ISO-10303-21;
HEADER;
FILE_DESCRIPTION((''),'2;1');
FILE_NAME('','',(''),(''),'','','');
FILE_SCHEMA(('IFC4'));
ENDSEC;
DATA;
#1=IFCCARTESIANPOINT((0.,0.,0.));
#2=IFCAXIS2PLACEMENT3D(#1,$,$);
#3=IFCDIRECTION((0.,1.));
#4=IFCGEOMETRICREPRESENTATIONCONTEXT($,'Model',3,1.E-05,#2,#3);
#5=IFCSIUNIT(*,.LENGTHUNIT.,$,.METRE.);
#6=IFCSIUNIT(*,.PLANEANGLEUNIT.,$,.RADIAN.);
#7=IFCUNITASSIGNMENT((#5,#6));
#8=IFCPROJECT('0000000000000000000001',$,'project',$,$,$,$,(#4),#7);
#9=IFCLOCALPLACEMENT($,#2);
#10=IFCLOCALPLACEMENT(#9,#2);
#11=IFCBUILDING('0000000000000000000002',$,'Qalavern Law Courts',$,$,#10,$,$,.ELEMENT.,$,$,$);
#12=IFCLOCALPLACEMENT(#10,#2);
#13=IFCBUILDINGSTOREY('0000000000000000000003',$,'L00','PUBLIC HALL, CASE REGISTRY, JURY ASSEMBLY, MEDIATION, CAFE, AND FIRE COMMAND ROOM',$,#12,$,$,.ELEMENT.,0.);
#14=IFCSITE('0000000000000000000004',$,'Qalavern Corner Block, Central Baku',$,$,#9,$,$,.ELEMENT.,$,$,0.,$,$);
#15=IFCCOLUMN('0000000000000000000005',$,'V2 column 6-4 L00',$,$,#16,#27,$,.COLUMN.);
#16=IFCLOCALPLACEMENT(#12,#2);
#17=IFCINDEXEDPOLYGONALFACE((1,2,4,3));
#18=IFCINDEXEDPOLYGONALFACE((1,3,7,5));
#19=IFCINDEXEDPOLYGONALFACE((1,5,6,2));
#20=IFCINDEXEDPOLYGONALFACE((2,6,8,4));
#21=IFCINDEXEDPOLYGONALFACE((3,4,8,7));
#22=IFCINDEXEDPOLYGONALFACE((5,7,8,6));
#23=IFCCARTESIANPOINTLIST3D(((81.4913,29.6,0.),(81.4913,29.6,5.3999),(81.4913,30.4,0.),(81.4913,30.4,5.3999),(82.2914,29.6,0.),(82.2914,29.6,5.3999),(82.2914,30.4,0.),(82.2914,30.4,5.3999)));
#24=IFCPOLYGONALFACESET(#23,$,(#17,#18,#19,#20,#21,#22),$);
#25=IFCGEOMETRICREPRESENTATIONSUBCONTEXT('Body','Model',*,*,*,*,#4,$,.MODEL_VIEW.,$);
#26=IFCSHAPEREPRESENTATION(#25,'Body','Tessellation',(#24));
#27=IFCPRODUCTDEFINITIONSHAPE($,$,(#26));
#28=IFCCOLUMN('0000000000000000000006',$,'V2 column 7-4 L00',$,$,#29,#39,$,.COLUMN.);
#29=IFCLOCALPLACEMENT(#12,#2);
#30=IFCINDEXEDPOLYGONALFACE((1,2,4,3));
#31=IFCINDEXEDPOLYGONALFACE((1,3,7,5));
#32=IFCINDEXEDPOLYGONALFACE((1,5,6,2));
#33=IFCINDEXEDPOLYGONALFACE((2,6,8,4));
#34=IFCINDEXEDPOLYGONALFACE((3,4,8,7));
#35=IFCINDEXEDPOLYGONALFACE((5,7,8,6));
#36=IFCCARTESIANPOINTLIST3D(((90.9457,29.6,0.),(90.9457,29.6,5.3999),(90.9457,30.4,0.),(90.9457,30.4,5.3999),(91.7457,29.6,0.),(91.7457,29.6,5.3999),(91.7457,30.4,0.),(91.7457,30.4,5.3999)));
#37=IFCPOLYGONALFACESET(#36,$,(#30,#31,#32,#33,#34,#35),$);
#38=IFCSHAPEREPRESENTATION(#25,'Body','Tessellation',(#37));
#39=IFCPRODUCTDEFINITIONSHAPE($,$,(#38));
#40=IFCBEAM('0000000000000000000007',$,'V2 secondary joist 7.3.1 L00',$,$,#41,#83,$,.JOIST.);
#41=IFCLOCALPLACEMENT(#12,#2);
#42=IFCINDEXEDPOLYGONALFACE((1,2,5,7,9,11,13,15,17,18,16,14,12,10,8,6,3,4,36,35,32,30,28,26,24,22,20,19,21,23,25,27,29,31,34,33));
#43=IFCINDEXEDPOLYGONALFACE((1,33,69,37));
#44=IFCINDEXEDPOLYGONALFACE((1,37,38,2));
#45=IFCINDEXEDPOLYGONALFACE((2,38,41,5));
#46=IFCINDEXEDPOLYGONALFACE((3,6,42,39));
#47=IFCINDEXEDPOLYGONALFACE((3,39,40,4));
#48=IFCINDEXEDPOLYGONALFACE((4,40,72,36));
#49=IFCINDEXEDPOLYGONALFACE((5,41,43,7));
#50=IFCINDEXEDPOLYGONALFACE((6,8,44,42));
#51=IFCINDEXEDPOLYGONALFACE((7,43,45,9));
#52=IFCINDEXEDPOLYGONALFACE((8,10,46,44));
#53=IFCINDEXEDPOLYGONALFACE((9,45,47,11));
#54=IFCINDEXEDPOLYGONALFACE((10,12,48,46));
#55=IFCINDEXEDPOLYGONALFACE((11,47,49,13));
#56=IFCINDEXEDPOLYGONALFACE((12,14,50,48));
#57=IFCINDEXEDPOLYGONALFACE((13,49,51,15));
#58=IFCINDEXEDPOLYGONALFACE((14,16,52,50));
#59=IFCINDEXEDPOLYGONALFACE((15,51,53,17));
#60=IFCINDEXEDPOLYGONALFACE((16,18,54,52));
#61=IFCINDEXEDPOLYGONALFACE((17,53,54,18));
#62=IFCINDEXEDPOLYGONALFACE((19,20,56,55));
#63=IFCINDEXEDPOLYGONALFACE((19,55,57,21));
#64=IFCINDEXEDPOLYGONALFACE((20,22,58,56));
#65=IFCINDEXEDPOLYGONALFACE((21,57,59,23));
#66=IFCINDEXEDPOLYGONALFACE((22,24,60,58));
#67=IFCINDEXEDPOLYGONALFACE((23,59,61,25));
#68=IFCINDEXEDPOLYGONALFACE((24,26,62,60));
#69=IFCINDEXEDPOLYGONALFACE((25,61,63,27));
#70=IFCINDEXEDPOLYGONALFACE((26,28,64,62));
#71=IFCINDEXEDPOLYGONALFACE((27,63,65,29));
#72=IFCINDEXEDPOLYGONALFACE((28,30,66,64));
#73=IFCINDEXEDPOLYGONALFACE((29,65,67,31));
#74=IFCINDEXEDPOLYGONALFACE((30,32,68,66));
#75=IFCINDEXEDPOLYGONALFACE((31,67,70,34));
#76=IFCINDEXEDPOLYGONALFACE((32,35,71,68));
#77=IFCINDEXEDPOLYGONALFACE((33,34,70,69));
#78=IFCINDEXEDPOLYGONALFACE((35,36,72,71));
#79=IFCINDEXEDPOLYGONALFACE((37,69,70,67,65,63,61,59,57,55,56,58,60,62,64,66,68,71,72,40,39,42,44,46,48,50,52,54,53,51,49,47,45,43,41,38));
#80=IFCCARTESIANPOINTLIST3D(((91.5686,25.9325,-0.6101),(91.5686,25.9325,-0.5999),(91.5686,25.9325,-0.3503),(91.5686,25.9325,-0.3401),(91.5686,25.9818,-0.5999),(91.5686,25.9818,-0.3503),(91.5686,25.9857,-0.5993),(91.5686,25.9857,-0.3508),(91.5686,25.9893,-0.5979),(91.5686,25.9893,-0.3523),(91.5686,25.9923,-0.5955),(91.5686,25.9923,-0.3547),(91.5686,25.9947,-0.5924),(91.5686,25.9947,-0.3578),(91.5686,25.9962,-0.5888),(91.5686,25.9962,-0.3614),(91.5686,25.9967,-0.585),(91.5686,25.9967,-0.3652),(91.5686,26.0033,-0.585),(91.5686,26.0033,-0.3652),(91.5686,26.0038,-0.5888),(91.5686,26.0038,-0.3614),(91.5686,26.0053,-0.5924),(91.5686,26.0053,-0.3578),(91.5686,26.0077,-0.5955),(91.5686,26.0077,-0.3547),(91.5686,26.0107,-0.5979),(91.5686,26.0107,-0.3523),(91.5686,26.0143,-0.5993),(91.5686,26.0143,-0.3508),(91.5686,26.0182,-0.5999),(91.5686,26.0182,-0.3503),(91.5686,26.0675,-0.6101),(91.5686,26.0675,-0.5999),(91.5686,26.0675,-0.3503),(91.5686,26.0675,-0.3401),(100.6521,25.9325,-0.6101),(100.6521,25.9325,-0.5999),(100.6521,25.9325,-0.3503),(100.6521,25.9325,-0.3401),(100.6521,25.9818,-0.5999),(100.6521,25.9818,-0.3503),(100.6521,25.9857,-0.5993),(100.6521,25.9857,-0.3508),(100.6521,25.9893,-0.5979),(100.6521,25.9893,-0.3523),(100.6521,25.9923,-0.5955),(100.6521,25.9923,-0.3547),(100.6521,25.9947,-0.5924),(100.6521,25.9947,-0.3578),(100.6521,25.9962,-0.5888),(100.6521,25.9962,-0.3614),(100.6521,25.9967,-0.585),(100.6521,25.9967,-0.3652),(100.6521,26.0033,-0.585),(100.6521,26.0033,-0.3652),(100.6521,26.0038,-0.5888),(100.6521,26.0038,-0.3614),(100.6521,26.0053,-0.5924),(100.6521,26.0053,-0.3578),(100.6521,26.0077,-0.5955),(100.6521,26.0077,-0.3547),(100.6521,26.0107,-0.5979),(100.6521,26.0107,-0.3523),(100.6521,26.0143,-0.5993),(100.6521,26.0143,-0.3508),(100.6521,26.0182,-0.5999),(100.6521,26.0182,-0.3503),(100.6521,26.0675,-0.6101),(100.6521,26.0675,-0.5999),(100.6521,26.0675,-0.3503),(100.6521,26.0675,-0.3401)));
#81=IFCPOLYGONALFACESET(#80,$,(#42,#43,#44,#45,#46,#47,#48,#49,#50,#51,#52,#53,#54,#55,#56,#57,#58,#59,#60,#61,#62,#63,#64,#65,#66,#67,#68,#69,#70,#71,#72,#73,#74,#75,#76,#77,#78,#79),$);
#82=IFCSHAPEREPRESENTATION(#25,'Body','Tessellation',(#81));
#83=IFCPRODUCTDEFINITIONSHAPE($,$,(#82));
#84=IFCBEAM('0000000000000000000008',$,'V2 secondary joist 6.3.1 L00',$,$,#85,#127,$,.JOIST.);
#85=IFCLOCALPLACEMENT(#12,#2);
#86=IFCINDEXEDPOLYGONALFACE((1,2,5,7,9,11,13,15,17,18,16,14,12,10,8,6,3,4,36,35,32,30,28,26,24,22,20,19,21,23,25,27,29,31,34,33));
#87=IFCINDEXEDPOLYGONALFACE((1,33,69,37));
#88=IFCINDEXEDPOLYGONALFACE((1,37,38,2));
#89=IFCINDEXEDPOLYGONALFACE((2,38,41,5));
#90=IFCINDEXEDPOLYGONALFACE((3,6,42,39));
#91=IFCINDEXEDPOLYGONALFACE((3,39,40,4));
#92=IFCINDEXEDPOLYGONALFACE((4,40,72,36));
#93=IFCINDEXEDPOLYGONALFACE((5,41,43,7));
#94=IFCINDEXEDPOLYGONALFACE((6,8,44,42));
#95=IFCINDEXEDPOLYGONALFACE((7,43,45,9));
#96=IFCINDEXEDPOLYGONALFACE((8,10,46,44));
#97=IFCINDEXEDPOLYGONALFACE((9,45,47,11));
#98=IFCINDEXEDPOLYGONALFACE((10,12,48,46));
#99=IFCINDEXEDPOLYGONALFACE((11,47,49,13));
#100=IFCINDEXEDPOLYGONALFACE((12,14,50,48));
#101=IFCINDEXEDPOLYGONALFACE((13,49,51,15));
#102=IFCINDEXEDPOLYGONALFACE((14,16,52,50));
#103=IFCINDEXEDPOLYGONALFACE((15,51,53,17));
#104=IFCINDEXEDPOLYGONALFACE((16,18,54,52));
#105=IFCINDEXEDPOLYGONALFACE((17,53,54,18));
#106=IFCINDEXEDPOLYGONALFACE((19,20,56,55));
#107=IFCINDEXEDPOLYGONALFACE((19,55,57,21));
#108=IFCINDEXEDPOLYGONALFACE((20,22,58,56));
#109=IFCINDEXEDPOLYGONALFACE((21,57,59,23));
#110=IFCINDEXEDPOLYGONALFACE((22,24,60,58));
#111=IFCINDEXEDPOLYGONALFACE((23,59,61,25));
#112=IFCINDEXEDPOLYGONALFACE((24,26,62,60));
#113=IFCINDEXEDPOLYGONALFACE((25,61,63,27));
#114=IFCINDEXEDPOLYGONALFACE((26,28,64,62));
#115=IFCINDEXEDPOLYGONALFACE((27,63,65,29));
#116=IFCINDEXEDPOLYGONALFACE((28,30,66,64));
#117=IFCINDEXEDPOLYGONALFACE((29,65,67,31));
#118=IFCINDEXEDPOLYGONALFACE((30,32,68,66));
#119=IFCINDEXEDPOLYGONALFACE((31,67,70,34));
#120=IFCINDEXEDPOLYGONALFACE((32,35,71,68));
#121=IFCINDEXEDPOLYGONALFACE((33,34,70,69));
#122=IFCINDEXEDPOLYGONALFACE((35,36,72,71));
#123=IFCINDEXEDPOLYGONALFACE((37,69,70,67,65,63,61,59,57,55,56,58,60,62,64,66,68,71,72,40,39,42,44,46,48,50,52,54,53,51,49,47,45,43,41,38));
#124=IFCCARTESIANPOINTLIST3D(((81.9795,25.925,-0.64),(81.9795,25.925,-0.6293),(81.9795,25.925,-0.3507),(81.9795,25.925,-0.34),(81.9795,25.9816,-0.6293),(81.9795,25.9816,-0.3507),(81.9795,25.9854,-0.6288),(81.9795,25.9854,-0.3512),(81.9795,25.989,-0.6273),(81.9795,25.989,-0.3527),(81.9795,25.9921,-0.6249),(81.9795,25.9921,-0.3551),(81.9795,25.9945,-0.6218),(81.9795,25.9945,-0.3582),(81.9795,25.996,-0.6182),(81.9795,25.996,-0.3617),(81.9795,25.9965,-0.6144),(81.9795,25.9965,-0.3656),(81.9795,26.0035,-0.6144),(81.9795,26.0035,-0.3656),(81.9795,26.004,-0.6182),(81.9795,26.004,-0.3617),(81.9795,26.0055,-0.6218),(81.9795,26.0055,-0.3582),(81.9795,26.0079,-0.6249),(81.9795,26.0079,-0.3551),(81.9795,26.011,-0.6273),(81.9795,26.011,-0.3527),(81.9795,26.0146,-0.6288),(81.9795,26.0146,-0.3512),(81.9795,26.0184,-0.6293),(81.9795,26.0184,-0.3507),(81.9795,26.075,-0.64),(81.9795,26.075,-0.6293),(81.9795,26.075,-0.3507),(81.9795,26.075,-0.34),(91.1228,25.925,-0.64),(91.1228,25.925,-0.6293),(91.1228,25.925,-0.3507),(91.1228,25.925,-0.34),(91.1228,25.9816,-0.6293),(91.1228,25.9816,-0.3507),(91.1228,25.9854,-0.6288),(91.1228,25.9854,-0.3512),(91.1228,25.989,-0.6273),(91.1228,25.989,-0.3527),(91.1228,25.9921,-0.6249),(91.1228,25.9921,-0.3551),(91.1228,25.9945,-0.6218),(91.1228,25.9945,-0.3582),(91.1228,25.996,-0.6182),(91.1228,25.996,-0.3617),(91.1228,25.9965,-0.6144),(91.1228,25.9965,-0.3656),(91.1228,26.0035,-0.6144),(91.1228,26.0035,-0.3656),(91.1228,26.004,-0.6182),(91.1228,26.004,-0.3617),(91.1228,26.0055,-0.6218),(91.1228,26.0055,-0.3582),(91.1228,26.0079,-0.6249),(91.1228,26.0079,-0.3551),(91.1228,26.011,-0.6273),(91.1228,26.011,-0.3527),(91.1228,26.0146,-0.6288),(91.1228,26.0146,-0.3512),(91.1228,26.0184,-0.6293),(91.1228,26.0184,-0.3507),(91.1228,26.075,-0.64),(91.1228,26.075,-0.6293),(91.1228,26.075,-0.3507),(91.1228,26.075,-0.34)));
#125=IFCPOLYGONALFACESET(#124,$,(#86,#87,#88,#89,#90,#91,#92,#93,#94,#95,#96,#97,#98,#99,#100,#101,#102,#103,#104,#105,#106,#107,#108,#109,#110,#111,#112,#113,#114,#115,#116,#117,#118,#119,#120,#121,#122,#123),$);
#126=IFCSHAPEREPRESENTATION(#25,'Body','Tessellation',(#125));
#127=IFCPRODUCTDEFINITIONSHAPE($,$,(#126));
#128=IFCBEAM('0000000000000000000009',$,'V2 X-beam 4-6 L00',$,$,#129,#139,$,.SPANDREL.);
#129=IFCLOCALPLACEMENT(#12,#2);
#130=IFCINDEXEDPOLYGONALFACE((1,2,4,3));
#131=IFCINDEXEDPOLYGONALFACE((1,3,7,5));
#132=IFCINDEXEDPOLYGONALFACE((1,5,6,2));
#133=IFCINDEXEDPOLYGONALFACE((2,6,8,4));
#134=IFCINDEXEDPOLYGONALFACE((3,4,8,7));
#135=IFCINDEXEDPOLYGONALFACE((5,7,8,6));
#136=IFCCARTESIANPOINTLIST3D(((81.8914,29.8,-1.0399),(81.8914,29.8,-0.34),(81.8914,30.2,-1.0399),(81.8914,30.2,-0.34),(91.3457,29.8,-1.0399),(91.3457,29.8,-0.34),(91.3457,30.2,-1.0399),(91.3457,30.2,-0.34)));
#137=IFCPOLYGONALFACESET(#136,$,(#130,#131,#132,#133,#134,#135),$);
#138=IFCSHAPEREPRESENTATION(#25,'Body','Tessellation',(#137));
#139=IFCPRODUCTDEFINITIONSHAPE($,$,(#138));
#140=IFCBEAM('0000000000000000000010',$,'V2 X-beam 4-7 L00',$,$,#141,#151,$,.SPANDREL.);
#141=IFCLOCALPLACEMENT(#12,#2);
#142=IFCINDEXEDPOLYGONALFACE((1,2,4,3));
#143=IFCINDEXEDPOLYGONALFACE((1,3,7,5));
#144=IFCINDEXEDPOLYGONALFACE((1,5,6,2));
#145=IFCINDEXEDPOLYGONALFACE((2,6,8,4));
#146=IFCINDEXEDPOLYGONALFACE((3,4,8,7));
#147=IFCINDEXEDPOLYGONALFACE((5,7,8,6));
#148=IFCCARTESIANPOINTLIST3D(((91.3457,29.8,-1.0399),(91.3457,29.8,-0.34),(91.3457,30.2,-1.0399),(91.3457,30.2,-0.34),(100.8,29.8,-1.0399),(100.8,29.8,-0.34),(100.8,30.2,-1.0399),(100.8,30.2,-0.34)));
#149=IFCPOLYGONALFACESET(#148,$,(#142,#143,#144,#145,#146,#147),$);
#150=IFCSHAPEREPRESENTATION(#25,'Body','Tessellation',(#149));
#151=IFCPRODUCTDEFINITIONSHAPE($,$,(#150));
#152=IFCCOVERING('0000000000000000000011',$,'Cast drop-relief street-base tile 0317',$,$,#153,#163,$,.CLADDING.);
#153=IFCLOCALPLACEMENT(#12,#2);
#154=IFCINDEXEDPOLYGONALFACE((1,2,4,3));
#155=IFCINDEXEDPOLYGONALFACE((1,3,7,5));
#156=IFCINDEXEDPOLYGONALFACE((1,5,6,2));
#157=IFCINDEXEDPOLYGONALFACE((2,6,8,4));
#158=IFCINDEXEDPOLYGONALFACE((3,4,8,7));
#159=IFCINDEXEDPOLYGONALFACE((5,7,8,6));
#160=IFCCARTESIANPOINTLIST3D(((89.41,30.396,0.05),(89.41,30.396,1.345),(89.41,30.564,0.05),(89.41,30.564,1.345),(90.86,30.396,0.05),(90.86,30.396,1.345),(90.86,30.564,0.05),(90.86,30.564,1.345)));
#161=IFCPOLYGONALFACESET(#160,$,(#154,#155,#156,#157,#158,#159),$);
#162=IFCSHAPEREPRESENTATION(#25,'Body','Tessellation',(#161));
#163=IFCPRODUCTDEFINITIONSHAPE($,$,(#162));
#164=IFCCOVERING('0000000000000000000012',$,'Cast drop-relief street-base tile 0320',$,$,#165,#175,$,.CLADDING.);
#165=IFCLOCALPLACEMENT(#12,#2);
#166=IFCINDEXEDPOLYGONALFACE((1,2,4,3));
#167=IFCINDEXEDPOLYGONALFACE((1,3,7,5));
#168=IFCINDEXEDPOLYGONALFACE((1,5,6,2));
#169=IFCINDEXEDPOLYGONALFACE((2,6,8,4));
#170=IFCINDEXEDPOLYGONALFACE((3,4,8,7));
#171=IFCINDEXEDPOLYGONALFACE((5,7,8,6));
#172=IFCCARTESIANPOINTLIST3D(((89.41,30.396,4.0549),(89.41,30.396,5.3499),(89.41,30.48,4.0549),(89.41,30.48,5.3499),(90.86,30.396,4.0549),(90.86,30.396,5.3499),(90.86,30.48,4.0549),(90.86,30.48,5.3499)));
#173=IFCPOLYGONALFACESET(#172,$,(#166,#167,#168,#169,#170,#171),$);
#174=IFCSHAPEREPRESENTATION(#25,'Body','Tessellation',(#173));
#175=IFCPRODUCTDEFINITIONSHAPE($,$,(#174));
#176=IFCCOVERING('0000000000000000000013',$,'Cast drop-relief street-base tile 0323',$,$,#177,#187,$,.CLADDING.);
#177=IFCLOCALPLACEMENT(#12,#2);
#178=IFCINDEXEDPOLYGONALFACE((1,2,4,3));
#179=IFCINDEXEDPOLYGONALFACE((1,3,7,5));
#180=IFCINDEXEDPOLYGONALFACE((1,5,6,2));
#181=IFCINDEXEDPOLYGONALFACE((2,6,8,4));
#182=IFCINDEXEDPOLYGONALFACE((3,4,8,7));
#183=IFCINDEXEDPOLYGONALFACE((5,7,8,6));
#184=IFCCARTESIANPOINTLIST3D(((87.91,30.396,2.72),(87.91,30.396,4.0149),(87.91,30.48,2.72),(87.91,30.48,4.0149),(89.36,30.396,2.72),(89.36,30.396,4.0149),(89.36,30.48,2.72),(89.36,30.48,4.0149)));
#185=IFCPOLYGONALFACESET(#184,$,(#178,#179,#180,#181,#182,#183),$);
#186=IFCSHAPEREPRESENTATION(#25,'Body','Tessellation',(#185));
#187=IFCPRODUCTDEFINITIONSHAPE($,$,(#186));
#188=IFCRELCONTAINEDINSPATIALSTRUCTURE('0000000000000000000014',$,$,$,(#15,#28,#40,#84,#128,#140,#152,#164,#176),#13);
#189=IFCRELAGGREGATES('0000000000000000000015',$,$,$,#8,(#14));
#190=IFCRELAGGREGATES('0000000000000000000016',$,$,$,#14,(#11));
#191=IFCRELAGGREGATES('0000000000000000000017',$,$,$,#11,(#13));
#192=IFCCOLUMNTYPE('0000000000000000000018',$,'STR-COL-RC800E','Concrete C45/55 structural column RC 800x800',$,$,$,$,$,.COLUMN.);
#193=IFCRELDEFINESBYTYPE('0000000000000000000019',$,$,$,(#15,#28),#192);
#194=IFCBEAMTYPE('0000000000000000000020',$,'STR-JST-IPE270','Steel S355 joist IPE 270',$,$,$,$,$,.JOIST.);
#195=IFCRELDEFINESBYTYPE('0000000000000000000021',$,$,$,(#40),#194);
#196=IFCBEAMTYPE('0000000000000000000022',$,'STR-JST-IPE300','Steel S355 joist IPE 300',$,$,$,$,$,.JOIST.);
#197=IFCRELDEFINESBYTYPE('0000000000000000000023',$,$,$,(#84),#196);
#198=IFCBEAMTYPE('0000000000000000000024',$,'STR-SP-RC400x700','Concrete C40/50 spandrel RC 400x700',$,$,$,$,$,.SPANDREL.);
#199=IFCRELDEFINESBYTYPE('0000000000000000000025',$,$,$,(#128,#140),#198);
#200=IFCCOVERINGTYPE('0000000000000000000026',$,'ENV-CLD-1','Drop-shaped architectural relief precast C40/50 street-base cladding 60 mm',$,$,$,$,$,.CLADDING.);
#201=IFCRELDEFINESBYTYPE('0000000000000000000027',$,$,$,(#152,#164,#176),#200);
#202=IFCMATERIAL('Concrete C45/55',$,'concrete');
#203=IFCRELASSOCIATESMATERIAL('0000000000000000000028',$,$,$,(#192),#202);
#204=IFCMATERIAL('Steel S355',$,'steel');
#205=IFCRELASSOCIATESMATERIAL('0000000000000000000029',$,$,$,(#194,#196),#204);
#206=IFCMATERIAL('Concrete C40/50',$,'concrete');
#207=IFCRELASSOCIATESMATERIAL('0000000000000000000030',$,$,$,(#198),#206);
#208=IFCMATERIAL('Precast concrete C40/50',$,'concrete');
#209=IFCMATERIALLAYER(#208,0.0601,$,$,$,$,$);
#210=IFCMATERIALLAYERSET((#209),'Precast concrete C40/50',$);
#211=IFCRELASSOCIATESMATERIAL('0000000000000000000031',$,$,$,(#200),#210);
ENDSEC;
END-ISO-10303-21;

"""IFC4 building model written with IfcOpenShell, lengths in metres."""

from ifc_helpers import new_model, si_unit, direction, frame, origin, origin_2d, place, context, subcontext, project, spatial, rectangle, i_section, extrude, material, layer, layer_set, material_profile, profile_set, type_object, element, save


model = new_model("IFC4")

# Units and contexts
model_context = context("Model", 3, precision=1e-05, world=origin(), true_north=direction((0.0, 1.0)))
body_context = subcontext(model_context, "Body", "Model", "MODEL_VIEW")
ifc_project = project(units=[si_unit("LENGTHUNIT", "METRE"), si_unit("PLANEANGLEUNIT", "RADIAN")], contexts=[model_context])

# Site, building, storey
site_placement = place(None, origin())
site = spatial("IfcSite", under=ifc_project, at=site_placement, Name="Qalavern Corner Block, Central Baku", CompositionType="ELEMENT", RefElevation=0.0)
building_placement = place(site_placement, origin())
building = spatial("IfcBuilding", under=site, at=building_placement, Name="Qalavern Law Courts", CompositionType="ELEMENT")
storey_placement = place(building_placement, origin())
storey = spatial("IfcBuildingStorey", under=building, at=storey_placement, Name="L00", Description="PUBLIC HALL, CASE REGISTRY, JURY ASSEMBLY, MEDIATION, CAFE, AND FIRE COMMAND ROOM", CompositionType="ELEMENT", Elevation=0.0)

# Columns
ifc_material_1 = material(Name="Concrete C45/55", Category="concrete")
ifc_material_profile_1 = material_profile(ifc_material_1, rectangle(XDim=0.8, YDim=0.8, at=origin_2d()), Name="RC 800x800")
ifc_profile_set_1 = profile_set([ifc_material_profile_1], Name="Concrete C45/55")
column_type = type_object("IfcColumnType", Name="STR-COL-RC800E", Description="Concrete C45/55 structural column RC 800x800", PredefinedType="COLUMN", material=ifc_profile_set_1)
for number, where, z_axis, x_axis, name in (
    (1, (81.8914, 30.0, 0.0), (0.0, 0.0, 1.0), (1.0, 0.0, 0.0), "V2 column 6-4 L00"),
    (2, (91.3457, 30.0, 0.0), (0.0, 0.0, 1.0), (1.0, 0.0, 0.0), "V2 column 7-4 L00"),
):
    element("IfcColumn", number, at=place(storey_placement, frame(where, z_axis=z_axis, x_axis=x_axis)), inside=storey, type_object=column_type, Name=name, PredefinedType="COLUMN", context=body_context, shape_type="SweptSolid", body=[
        extrude(rectangle(XDim=0.8, YDim=0.8, at=origin_2d()), origin(), (0.0, 0.0, 1.0), 5.3999),
    ])

# Beams
ifc_material_2 = material(Name="Steel S355", Category="steel")
ifc_material_profile_2 = material_profile(ifc_material_2, i_section(OverallWidth=0.135, OverallDepth=0.27, WebThickness=0.0066, FlangeThickness=0.0103, FilletRadius=0.0149, at=origin_2d()), Name="IPE 270")
ifc_profile_set_2 = profile_set([ifc_material_profile_2], Name="Steel S355")
beam_type_1 = type_object("IfcBeamType", Name="STR-JST-IPE270", Description="Steel S355 joist IPE 270", PredefinedType="JOIST", material=ifc_profile_set_2)
beam_1_placement = place(storey_placement, frame((91.5686, 26.0, -0.4751), z_axis=(1.0, 0.0, 0.0), x_axis=(0.0, 1.0, 0.0)))
element("IfcBeam", 3, at=beam_1_placement, inside=storey, type_object=beam_type_1, Name="V2 secondary joist 7.3.1 L00", PredefinedType="JOIST", context=body_context, shape_type="SweptSolid", body=[
    extrude(i_section(OverallWidth=0.135, OverallDepth=0.27, WebThickness=0.0066, FlangeThickness=0.0103, FilletRadius=0.0149, at=origin_2d()), origin(), (0.0, 0.0, 1.0), 9.0835),
])
ifc_material_profile_3 = material_profile(ifc_material_2, i_section(OverallWidth=0.1499, OverallDepth=0.3, WebThickness=0.0071, FlangeThickness=0.0107, FilletRadius=0.0149, at=origin_2d()), Name="IPE 300")
ifc_profile_set_3 = profile_set([ifc_material_profile_3], Name="Steel S355")
beam_type_2 = type_object("IfcBeamType", Name="STR-JST-IPE300", Description="Steel S355 joist IPE 300", PredefinedType="JOIST", material=ifc_profile_set_3)
beam_2_placement = place(storey_placement, frame((81.9795, 26.0, -0.49), z_axis=(1.0, 0.0, 0.0), x_axis=(0.0, 1.0, 0.0)))
element("IfcBeam", 4, at=beam_2_placement, inside=storey, type_object=beam_type_2, Name="V2 secondary joist 6.3.1 L00", PredefinedType="JOIST", context=body_context, shape_type="SweptSolid", body=[
    extrude(i_section(OverallWidth=0.1499, OverallDepth=0.3, WebThickness=0.0071, FlangeThickness=0.0107, FilletRadius=0.0149, at=origin_2d()), origin(), (0.0, 0.0, 1.0), 9.1433),
])
ifc_material_3 = material(Name="Concrete C40/50", Category="concrete")
ifc_material_profile_4 = material_profile(ifc_material_3, rectangle(XDim=0.3999, YDim=0.7, at=origin_2d()), Name="RC 400x700")
ifc_profile_set_4 = profile_set([ifc_material_profile_4], Name="Concrete C40/50")
beam_type_3 = type_object("IfcBeamType", Name="STR-SP-RC400x700", Description="Concrete C40/50 spandrel RC 400x700", PredefinedType="SPANDREL", material=ifc_profile_set_4)
for number, where, z_axis, x_axis, name in (
    (5, (81.8914, 30.0, -0.6899), (1.0, 0.0, 0.0), (0.0, 1.0, 0.0), "V2 X-beam 4-6 L00"),
    (6, (91.3457, 30.0, -0.6899), (1.0, 0.0, 0.0), (0.0, 1.0, 0.0), "V2 X-beam 4-7 L00"),
):
    element("IfcBeam", number, at=place(storey_placement, frame(where, z_axis=z_axis, x_axis=x_axis)), inside=storey, type_object=beam_type_3, Name=name, PredefinedType="SPANDREL", context=body_context, shape_type="SweptSolid", body=[
        extrude(rectangle(XDim=0.3999, YDim=0.7, at=origin_2d()), origin(), (0.0, 0.0, 1.0), 9.4543),
    ])

# Coverings
ifc_material_4 = material(Name="Precast concrete C40/50", Category="concrete")
ifc_layer_1 = layer(ifc_material_4, 0.0601)
ifc_layer_set_1 = layer_set([ifc_layer_1], Name="Precast concrete C40/50")
covering_type_1 = type_object("IfcCoveringType", Name="ENV-CLD-1", Description="Drop-shaped architectural relief precast C40/50 street-base cladding 60 mm", PredefinedType="CLADDING", material=ifc_layer_set_1)
covering_1_placement = place(storey_placement, frame((90.135, 30.48, 0.05), z_axis=(0.0, 0.0, 1.0), x_axis=(-1.0, 0.0, 0.0)))
element("IfcCovering", 7, at=covering_1_placement, inside=storey, type_object=covering_type_1, Name="Cast drop-relief street-base tile 0317", PredefinedType="CLADDING", context=body_context, shape_type="SweptSolid", body=[
    extrude(rectangle(XDim=1.45, YDim=0.168, at=origin_2d()), origin(), (0.0, 0.0, 1.0), 1.2949),
])
for number, where, z_axis, x_axis, name in (
    (8, (90.135, 30.438, 4.0549), (0.0, 0.0, 1.0), (-1.0, 0.0, 0.0), "Cast drop-relief street-base tile 0320"),
    (9, (88.635, 30.438, 2.72), (0.0, 0.0, 1.0), (-1.0, 0.0, 0.0), "Cast drop-relief street-base tile 0323"),
):
    element("IfcCovering", number, at=place(storey_placement, frame(where, z_axis=z_axis, x_axis=x_axis)), inside=storey, type_object=covering_type_1, Name=name, PredefinedType="CLADDING", context=body_context, shape_type="SweptSolid", body=[
        extrude(rectangle(XDim=1.45, YDim=0.084, at=origin_2d()), origin(), (0.0, 0.0, 1.0), 1.2949),
    ])

save(model, "model.ifc")
